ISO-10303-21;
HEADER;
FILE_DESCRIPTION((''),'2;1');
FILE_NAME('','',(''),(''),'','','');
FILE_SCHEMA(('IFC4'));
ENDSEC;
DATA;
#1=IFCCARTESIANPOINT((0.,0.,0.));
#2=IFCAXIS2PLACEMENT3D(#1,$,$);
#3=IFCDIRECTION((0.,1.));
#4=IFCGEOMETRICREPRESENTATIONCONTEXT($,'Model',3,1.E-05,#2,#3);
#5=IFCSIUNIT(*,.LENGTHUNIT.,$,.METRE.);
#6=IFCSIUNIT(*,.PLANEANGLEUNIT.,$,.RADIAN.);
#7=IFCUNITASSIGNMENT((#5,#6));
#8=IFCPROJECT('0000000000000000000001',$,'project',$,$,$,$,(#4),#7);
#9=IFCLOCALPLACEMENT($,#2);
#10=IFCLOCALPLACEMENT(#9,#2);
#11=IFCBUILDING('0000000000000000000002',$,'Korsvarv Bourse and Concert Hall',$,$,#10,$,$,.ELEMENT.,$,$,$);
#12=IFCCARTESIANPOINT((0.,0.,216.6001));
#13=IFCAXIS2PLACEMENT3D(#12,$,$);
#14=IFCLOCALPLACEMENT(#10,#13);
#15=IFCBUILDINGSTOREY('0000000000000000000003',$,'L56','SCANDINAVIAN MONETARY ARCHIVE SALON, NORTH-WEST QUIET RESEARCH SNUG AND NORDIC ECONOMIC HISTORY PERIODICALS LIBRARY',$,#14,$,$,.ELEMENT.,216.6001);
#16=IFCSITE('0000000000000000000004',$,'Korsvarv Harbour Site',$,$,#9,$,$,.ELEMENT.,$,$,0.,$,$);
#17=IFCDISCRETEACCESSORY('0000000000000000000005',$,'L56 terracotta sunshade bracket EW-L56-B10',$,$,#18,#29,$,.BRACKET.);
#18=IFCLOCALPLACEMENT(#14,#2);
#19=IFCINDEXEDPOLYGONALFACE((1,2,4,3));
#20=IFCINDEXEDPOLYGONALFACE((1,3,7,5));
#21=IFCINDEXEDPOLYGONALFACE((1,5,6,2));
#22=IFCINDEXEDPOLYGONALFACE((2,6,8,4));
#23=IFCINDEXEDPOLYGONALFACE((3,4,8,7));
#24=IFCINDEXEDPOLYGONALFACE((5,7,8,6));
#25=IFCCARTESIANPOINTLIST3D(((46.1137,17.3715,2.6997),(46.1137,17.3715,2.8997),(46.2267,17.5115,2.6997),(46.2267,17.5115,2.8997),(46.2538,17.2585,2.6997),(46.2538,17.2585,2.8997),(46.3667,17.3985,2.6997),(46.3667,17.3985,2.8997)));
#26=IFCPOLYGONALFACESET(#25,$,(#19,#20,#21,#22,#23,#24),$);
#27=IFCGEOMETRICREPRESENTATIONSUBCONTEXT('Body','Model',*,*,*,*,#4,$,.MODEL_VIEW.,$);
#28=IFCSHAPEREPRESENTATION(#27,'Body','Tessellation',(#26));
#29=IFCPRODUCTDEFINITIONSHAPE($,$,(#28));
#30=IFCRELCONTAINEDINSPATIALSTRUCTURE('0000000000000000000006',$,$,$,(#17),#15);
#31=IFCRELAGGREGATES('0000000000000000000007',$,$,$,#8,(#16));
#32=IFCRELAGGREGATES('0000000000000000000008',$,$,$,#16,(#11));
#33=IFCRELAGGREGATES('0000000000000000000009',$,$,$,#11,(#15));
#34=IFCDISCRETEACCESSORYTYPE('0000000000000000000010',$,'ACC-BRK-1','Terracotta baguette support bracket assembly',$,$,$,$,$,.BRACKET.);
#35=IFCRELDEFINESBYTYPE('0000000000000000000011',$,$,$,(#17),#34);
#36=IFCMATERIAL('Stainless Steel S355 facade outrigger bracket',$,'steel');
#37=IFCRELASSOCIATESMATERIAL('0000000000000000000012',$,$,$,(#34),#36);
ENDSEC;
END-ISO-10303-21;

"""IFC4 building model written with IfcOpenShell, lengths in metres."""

from ifc_helpers import new_model, si_unit, direction, frame, origin, origin_2d, place, context, subcontext, project, spatial, rectangle, extrude, source, transform, mapped, material, type_object, element, save


model = new_model("IFC4")

# Units and contexts
model_context = context("Model", 3, precision=1e-05, world=origin(), true_north=direction((0.0, 1.0)))
body_context = subcontext(model_context, "Body", "Model", "MODEL_VIEW")
ifc_project = project(units=[si_unit("LENGTHUNIT", "METRE"), si_unit("PLANEANGLEUNIT", "RADIAN")], contexts=[model_context])

# Site, building, storey
site_placement = place(None, origin())
site = spatial("IfcSite", under=ifc_project, at=site_placement, Name="Korsvarv Harbour Site", CompositionType="ELEMENT", RefElevation=0.0)
building_placement = place(site_placement, origin())
building = spatial("IfcBuilding", under=site, at=building_placement, Name="Korsvarv Bourse and Concert Hall", CompositionType="ELEMENT")
storey_placement = place(building_placement, frame((0.0, 0.0, 216.6001)))
storey = spatial("IfcBuildingStorey", under=building, at=storey_placement, Name="L56", Description="SCANDINAVIAN MONETARY ARCHIVE SALON, NORTH-WEST QUIET RESEARCH SNUG AND NORDIC ECONOMIC HISTORY PERIODICALS LIBRARY", CompositionType="ELEMENT", Elevation=216.6001)

# Discrete accessory
ifc_material_1 = material(Name="Stainless Steel S355 facade outrigger bracket", Category="steel")
discrete_accessory_type = type_object("IfcDiscreteAccessoryType", Name="ACC-BRK-1", Description="Terracotta baguette support bracket assembly", PredefinedType="BRACKET", material=ifc_material_1)
shared_shape_1 = source(origin(), body_context, "Body", "SweptSolid", [
    extrude(rectangle(XDim=0.1799, YDim=0.1799, at=origin_2d()), origin(), (0.0, 0.0, 1.0), 0.2),
])
for number, where, z_axis, x_axis, name in (
    (1, (46.2402, 17.385, 2.6997), (0.0, 0.0, 1.0), (0.627963, 0.778243, 0.0), "L56 terracotta sunshade bracket EW-L56-B10"),
):
    element("IfcDiscreteAccessory", number, at=place(storey_placement, frame(where, z_axis=z_axis, x_axis=x_axis)), inside=storey, type_object=discrete_accessory_type, Name=name, PredefinedType="BRACKET", context=body_context, shape_type="MappedRepresentation", body=[
        mapped(shared_shape_1, transform((0.0, 0.0, 0.0), scale=1.0)),
    ])

save(model, "model.ifc")
